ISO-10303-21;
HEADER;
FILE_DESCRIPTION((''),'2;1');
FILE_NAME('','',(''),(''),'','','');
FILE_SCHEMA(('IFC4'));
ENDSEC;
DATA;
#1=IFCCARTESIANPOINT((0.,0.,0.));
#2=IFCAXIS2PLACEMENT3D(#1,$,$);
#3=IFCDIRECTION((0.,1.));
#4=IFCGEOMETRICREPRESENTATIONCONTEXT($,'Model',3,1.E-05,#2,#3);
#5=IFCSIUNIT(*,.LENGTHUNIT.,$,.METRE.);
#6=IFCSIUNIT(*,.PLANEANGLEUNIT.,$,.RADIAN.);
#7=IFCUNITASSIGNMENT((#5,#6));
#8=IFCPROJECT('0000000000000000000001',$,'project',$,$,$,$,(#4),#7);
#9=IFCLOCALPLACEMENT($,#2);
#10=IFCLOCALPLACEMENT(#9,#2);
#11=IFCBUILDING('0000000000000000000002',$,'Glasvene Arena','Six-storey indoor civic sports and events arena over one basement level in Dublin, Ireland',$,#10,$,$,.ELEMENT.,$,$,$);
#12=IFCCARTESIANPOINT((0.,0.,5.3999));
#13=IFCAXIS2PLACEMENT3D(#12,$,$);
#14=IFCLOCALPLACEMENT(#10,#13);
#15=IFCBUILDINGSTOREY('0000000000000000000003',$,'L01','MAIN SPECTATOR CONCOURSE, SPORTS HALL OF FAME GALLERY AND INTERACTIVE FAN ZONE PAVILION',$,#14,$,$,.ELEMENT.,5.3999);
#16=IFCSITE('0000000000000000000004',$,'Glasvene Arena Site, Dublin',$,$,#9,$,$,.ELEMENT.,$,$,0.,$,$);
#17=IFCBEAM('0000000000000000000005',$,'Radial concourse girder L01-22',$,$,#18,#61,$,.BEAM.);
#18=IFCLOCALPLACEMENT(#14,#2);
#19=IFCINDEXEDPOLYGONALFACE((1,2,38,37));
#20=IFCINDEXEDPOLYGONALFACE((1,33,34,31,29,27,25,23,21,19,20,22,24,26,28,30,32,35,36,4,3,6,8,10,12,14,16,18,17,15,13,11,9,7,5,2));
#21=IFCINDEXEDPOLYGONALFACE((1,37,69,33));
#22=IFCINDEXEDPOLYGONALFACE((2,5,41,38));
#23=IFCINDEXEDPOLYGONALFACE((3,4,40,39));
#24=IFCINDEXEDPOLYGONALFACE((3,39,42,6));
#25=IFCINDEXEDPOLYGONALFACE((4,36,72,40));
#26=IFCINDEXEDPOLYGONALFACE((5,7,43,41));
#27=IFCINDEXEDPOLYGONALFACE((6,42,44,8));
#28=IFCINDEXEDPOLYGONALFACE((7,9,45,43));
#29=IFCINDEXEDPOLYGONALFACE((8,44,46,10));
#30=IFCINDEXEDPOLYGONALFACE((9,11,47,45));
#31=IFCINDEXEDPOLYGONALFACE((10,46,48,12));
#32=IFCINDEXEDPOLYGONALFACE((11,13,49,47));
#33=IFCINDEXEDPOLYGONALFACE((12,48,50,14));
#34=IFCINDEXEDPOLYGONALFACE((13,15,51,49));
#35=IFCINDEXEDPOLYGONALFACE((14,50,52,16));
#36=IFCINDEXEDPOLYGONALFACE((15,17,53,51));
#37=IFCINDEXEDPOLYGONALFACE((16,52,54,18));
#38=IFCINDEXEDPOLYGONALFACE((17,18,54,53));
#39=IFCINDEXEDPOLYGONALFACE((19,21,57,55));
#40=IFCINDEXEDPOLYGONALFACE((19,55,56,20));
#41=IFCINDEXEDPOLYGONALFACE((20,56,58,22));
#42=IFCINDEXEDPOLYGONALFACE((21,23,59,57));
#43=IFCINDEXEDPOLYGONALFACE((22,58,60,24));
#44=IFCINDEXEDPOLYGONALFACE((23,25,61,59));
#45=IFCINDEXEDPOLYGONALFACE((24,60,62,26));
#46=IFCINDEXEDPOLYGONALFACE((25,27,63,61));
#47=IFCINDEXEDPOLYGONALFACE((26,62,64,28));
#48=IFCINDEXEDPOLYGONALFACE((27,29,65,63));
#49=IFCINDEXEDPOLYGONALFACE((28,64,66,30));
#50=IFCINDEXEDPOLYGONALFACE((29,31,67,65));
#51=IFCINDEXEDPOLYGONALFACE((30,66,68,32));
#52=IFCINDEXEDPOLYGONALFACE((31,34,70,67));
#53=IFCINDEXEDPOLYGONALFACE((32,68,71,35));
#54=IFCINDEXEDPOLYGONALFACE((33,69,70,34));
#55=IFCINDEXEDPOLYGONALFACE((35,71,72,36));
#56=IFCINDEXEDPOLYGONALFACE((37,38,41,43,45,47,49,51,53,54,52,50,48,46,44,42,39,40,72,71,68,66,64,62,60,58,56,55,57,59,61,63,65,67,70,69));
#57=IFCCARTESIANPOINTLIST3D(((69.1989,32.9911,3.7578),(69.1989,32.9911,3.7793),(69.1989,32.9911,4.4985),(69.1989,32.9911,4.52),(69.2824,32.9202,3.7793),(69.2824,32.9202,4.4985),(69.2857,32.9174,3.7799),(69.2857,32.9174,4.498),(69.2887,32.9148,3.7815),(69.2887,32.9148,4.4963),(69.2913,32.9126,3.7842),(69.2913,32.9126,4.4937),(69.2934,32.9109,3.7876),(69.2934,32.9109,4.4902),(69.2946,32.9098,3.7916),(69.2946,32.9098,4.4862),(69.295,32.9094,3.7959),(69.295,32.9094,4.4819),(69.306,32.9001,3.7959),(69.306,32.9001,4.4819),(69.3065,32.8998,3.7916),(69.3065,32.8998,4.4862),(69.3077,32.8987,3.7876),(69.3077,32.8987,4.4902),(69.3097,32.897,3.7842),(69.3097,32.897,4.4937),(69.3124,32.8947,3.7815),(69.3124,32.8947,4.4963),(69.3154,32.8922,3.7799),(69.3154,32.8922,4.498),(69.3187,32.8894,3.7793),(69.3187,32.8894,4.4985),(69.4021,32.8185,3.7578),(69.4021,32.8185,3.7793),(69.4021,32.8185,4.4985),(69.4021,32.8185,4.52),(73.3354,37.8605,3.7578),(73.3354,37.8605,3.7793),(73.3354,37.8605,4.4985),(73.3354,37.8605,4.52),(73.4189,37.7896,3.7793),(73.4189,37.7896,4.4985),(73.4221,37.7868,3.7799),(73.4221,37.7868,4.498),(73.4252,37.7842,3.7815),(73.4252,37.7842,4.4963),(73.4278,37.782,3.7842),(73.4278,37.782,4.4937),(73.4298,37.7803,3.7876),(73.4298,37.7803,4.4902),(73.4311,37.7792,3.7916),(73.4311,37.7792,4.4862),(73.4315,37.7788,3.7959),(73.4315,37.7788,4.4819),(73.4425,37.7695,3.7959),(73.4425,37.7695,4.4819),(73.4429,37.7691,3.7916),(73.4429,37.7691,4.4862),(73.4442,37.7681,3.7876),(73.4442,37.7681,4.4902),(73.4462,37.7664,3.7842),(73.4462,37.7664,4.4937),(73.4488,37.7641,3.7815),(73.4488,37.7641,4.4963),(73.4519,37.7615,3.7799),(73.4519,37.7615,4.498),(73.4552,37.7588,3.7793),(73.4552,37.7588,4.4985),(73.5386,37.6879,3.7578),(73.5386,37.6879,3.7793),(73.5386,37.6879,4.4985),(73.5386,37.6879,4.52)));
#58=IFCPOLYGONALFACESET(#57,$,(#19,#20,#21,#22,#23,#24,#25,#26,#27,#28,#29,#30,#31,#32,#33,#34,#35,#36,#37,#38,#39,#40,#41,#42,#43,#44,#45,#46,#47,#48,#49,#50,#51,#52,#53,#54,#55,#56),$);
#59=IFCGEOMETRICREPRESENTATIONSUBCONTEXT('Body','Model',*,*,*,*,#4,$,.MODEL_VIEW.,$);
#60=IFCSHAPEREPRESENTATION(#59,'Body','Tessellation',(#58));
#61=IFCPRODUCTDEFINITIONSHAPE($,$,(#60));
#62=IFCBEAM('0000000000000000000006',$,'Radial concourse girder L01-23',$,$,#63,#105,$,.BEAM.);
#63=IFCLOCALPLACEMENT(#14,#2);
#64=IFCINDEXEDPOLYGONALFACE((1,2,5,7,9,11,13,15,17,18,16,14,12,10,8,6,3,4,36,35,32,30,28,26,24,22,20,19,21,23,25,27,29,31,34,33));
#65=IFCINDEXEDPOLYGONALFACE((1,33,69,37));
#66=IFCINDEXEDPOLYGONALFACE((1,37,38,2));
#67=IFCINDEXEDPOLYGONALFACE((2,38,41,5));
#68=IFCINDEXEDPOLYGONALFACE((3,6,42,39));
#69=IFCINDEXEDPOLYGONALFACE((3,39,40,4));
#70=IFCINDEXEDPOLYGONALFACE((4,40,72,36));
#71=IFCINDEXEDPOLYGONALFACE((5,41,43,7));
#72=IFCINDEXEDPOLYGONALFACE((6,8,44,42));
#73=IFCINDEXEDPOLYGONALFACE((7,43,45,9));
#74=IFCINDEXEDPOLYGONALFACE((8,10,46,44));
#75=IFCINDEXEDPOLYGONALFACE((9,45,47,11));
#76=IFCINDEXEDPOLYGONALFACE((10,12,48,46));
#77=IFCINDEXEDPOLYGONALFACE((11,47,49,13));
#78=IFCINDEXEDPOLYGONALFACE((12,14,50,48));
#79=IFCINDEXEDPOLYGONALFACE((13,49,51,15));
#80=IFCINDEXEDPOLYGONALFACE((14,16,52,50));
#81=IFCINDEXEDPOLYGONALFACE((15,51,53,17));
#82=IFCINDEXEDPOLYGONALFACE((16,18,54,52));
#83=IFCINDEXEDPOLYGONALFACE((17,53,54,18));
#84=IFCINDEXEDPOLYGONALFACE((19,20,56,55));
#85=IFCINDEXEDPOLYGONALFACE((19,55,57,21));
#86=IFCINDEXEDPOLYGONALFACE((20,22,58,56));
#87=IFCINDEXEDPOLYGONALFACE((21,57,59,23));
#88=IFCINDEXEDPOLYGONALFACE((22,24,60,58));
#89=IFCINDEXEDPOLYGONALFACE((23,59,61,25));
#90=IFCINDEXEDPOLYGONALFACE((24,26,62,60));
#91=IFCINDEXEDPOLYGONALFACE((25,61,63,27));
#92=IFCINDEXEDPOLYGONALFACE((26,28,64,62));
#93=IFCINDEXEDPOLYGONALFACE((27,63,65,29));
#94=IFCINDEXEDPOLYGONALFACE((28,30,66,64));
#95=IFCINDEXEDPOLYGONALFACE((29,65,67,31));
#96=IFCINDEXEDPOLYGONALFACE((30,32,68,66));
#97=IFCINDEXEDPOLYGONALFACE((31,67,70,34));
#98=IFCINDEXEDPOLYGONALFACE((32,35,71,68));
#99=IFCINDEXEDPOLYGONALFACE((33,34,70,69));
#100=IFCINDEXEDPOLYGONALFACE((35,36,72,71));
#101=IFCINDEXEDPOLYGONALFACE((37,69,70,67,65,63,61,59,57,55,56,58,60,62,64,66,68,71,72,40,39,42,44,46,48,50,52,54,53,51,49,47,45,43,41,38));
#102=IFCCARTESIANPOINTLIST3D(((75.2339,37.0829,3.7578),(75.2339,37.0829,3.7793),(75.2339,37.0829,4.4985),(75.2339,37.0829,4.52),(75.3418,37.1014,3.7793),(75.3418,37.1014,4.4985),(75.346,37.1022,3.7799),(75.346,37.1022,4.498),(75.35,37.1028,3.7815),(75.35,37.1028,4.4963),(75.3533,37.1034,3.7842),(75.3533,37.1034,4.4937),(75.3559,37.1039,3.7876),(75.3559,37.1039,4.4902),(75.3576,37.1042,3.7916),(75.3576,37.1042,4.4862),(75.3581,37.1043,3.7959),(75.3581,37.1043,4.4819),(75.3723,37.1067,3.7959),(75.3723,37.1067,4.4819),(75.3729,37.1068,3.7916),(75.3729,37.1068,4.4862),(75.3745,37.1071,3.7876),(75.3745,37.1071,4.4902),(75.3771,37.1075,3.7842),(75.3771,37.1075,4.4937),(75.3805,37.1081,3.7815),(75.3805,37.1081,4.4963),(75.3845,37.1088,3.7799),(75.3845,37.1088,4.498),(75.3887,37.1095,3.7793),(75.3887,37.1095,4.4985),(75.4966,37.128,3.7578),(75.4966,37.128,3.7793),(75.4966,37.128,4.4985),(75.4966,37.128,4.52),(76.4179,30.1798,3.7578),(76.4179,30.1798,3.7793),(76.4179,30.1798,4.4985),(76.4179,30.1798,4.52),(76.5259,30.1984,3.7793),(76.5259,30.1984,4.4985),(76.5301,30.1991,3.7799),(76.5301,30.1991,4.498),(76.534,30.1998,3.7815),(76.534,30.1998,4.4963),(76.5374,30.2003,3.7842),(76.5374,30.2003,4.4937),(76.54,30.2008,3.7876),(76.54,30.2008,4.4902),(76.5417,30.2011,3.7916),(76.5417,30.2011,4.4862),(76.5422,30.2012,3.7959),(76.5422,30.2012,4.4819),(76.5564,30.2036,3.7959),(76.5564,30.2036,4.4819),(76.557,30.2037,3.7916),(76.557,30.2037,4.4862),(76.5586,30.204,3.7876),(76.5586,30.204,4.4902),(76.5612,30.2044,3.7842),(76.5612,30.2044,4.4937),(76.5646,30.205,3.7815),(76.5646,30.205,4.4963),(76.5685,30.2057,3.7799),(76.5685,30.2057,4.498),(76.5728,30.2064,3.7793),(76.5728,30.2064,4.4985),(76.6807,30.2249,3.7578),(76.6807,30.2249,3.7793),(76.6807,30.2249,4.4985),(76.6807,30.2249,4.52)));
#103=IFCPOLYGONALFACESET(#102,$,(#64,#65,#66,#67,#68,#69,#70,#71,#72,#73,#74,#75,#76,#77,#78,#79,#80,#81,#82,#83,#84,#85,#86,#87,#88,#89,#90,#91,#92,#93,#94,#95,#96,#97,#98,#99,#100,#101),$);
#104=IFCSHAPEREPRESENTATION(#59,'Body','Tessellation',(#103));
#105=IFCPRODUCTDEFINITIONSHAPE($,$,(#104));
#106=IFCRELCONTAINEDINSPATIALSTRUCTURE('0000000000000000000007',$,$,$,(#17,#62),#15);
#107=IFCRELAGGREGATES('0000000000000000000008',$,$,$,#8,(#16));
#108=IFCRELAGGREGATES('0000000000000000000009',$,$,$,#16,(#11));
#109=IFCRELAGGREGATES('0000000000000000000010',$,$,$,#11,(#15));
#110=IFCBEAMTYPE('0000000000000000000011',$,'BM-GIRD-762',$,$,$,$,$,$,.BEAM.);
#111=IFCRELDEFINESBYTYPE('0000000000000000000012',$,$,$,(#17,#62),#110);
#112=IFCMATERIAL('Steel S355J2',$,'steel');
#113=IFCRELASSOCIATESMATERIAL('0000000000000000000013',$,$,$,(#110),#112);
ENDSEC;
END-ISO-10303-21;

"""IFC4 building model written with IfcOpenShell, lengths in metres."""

from ifc_helpers import new_model, si_unit, direction, frame, origin, origin_2d, place, context, subcontext, project, spatial, i_section, extrude, material, material_profile, profile_set, type_object, element, save


model = new_model("IFC4")

# Units and contexts
model_context = context("Model", 3, precision=1e-05, world=origin(), true_north=direction((0.0, 1.0)))
body_context = subcontext(model_context, "Body", "Model", "MODEL_VIEW")
ifc_project = project(units=[si_unit("LENGTHUNIT", "METRE"), si_unit("PLANEANGLEUNIT", "RADIAN")], contexts=[model_context])

# Site, building, storey
site_placement = place(None, origin())
site = spatial("IfcSite", under=ifc_project, at=site_placement, Name="Glasvene Arena Site, Dublin", CompositionType="ELEMENT", RefElevation=0.0)
building_placement = place(site_placement, origin())
building = spatial("IfcBuilding", under=site, at=building_placement, Name="Glasvene Arena", Description="Six-storey indoor civic sports and events arena over one basement level in Dublin, Ireland", CompositionType="ELEMENT")
storey_placement = place(building_placement, frame((0.0, 0.0, 5.3999)))
storey = spatial("IfcBuildingStorey", under=building, at=storey_placement, Name="L01", Description="MAIN SPECTATOR CONCOURSE, SPORTS HALL OF FAME GALLERY AND INTERACTIVE FAN ZONE PAVILION", CompositionType="ELEMENT", Elevation=5.3999)

# Shared definitions
ifc_material_1 = material(Name="Steel S355J2", Category="steel")

# Beams
ifc_material_profile_1 = material_profile(ifc_material_1, i_section(OverallWidth=0.2666, OverallDepth=0.7622, WebThickness=0.0144, FlangeThickness=0.0215, FilletRadius=0.0166, at=origin_2d()), Name="UKB 762x267x173")
ifc_profile_set_1 = profile_set([ifc_material_profile_1], Name="Steel S355J2")
beam_type_1 = type_object("IfcBeamType", Name="BM-GIRD-762", PredefinedType="BEAM", material=ifc_profile_set_1)
beam_1_placement = place(storey_placement, frame((73.437, 37.7742, 4.1389), z_axis=(-0.647421, -0.762133, 0.0), x_axis=(0.762133, -0.647421, 0.0)))
element("IfcBeam", 1, at=beam_1_placement, inside=storey, type_object=beam_type_1, Name="Radial concourse girder L01-22", PredefinedType="BEAM", context=body_context, shape_type="SweptSolid", body=[
    extrude(i_section(OverallWidth=0.2666, OverallDepth=0.7622, WebThickness=0.0144, FlangeThickness=0.0215, FilletRadius=0.0166, at=origin_2d()), origin(), (0.0, 0.0, 1.0), 6.3892),
])
beam_2_placement = place(storey_placement, frame((75.3652, 37.1055, 4.1389), z_axis=(0.169061, -0.985606, 0.0), x_axis=(0.985606, 0.169061, 0.0)))
element("IfcBeam", 2, at=beam_2_placement, inside=storey, type_object=beam_type_1, Name="Radial concourse girder L01-23", PredefinedType="BEAM", context=body_context, shape_type="SweptSolid", body=[
    extrude(i_section(OverallWidth=0.2666, OverallDepth=0.7622, WebThickness=0.0144, FlangeThickness=0.0215, FilletRadius=0.0166, at=origin_2d()), origin(), (0.0, 0.0, 1.0), 7.0039),
])

save(model, "model.ifc")
